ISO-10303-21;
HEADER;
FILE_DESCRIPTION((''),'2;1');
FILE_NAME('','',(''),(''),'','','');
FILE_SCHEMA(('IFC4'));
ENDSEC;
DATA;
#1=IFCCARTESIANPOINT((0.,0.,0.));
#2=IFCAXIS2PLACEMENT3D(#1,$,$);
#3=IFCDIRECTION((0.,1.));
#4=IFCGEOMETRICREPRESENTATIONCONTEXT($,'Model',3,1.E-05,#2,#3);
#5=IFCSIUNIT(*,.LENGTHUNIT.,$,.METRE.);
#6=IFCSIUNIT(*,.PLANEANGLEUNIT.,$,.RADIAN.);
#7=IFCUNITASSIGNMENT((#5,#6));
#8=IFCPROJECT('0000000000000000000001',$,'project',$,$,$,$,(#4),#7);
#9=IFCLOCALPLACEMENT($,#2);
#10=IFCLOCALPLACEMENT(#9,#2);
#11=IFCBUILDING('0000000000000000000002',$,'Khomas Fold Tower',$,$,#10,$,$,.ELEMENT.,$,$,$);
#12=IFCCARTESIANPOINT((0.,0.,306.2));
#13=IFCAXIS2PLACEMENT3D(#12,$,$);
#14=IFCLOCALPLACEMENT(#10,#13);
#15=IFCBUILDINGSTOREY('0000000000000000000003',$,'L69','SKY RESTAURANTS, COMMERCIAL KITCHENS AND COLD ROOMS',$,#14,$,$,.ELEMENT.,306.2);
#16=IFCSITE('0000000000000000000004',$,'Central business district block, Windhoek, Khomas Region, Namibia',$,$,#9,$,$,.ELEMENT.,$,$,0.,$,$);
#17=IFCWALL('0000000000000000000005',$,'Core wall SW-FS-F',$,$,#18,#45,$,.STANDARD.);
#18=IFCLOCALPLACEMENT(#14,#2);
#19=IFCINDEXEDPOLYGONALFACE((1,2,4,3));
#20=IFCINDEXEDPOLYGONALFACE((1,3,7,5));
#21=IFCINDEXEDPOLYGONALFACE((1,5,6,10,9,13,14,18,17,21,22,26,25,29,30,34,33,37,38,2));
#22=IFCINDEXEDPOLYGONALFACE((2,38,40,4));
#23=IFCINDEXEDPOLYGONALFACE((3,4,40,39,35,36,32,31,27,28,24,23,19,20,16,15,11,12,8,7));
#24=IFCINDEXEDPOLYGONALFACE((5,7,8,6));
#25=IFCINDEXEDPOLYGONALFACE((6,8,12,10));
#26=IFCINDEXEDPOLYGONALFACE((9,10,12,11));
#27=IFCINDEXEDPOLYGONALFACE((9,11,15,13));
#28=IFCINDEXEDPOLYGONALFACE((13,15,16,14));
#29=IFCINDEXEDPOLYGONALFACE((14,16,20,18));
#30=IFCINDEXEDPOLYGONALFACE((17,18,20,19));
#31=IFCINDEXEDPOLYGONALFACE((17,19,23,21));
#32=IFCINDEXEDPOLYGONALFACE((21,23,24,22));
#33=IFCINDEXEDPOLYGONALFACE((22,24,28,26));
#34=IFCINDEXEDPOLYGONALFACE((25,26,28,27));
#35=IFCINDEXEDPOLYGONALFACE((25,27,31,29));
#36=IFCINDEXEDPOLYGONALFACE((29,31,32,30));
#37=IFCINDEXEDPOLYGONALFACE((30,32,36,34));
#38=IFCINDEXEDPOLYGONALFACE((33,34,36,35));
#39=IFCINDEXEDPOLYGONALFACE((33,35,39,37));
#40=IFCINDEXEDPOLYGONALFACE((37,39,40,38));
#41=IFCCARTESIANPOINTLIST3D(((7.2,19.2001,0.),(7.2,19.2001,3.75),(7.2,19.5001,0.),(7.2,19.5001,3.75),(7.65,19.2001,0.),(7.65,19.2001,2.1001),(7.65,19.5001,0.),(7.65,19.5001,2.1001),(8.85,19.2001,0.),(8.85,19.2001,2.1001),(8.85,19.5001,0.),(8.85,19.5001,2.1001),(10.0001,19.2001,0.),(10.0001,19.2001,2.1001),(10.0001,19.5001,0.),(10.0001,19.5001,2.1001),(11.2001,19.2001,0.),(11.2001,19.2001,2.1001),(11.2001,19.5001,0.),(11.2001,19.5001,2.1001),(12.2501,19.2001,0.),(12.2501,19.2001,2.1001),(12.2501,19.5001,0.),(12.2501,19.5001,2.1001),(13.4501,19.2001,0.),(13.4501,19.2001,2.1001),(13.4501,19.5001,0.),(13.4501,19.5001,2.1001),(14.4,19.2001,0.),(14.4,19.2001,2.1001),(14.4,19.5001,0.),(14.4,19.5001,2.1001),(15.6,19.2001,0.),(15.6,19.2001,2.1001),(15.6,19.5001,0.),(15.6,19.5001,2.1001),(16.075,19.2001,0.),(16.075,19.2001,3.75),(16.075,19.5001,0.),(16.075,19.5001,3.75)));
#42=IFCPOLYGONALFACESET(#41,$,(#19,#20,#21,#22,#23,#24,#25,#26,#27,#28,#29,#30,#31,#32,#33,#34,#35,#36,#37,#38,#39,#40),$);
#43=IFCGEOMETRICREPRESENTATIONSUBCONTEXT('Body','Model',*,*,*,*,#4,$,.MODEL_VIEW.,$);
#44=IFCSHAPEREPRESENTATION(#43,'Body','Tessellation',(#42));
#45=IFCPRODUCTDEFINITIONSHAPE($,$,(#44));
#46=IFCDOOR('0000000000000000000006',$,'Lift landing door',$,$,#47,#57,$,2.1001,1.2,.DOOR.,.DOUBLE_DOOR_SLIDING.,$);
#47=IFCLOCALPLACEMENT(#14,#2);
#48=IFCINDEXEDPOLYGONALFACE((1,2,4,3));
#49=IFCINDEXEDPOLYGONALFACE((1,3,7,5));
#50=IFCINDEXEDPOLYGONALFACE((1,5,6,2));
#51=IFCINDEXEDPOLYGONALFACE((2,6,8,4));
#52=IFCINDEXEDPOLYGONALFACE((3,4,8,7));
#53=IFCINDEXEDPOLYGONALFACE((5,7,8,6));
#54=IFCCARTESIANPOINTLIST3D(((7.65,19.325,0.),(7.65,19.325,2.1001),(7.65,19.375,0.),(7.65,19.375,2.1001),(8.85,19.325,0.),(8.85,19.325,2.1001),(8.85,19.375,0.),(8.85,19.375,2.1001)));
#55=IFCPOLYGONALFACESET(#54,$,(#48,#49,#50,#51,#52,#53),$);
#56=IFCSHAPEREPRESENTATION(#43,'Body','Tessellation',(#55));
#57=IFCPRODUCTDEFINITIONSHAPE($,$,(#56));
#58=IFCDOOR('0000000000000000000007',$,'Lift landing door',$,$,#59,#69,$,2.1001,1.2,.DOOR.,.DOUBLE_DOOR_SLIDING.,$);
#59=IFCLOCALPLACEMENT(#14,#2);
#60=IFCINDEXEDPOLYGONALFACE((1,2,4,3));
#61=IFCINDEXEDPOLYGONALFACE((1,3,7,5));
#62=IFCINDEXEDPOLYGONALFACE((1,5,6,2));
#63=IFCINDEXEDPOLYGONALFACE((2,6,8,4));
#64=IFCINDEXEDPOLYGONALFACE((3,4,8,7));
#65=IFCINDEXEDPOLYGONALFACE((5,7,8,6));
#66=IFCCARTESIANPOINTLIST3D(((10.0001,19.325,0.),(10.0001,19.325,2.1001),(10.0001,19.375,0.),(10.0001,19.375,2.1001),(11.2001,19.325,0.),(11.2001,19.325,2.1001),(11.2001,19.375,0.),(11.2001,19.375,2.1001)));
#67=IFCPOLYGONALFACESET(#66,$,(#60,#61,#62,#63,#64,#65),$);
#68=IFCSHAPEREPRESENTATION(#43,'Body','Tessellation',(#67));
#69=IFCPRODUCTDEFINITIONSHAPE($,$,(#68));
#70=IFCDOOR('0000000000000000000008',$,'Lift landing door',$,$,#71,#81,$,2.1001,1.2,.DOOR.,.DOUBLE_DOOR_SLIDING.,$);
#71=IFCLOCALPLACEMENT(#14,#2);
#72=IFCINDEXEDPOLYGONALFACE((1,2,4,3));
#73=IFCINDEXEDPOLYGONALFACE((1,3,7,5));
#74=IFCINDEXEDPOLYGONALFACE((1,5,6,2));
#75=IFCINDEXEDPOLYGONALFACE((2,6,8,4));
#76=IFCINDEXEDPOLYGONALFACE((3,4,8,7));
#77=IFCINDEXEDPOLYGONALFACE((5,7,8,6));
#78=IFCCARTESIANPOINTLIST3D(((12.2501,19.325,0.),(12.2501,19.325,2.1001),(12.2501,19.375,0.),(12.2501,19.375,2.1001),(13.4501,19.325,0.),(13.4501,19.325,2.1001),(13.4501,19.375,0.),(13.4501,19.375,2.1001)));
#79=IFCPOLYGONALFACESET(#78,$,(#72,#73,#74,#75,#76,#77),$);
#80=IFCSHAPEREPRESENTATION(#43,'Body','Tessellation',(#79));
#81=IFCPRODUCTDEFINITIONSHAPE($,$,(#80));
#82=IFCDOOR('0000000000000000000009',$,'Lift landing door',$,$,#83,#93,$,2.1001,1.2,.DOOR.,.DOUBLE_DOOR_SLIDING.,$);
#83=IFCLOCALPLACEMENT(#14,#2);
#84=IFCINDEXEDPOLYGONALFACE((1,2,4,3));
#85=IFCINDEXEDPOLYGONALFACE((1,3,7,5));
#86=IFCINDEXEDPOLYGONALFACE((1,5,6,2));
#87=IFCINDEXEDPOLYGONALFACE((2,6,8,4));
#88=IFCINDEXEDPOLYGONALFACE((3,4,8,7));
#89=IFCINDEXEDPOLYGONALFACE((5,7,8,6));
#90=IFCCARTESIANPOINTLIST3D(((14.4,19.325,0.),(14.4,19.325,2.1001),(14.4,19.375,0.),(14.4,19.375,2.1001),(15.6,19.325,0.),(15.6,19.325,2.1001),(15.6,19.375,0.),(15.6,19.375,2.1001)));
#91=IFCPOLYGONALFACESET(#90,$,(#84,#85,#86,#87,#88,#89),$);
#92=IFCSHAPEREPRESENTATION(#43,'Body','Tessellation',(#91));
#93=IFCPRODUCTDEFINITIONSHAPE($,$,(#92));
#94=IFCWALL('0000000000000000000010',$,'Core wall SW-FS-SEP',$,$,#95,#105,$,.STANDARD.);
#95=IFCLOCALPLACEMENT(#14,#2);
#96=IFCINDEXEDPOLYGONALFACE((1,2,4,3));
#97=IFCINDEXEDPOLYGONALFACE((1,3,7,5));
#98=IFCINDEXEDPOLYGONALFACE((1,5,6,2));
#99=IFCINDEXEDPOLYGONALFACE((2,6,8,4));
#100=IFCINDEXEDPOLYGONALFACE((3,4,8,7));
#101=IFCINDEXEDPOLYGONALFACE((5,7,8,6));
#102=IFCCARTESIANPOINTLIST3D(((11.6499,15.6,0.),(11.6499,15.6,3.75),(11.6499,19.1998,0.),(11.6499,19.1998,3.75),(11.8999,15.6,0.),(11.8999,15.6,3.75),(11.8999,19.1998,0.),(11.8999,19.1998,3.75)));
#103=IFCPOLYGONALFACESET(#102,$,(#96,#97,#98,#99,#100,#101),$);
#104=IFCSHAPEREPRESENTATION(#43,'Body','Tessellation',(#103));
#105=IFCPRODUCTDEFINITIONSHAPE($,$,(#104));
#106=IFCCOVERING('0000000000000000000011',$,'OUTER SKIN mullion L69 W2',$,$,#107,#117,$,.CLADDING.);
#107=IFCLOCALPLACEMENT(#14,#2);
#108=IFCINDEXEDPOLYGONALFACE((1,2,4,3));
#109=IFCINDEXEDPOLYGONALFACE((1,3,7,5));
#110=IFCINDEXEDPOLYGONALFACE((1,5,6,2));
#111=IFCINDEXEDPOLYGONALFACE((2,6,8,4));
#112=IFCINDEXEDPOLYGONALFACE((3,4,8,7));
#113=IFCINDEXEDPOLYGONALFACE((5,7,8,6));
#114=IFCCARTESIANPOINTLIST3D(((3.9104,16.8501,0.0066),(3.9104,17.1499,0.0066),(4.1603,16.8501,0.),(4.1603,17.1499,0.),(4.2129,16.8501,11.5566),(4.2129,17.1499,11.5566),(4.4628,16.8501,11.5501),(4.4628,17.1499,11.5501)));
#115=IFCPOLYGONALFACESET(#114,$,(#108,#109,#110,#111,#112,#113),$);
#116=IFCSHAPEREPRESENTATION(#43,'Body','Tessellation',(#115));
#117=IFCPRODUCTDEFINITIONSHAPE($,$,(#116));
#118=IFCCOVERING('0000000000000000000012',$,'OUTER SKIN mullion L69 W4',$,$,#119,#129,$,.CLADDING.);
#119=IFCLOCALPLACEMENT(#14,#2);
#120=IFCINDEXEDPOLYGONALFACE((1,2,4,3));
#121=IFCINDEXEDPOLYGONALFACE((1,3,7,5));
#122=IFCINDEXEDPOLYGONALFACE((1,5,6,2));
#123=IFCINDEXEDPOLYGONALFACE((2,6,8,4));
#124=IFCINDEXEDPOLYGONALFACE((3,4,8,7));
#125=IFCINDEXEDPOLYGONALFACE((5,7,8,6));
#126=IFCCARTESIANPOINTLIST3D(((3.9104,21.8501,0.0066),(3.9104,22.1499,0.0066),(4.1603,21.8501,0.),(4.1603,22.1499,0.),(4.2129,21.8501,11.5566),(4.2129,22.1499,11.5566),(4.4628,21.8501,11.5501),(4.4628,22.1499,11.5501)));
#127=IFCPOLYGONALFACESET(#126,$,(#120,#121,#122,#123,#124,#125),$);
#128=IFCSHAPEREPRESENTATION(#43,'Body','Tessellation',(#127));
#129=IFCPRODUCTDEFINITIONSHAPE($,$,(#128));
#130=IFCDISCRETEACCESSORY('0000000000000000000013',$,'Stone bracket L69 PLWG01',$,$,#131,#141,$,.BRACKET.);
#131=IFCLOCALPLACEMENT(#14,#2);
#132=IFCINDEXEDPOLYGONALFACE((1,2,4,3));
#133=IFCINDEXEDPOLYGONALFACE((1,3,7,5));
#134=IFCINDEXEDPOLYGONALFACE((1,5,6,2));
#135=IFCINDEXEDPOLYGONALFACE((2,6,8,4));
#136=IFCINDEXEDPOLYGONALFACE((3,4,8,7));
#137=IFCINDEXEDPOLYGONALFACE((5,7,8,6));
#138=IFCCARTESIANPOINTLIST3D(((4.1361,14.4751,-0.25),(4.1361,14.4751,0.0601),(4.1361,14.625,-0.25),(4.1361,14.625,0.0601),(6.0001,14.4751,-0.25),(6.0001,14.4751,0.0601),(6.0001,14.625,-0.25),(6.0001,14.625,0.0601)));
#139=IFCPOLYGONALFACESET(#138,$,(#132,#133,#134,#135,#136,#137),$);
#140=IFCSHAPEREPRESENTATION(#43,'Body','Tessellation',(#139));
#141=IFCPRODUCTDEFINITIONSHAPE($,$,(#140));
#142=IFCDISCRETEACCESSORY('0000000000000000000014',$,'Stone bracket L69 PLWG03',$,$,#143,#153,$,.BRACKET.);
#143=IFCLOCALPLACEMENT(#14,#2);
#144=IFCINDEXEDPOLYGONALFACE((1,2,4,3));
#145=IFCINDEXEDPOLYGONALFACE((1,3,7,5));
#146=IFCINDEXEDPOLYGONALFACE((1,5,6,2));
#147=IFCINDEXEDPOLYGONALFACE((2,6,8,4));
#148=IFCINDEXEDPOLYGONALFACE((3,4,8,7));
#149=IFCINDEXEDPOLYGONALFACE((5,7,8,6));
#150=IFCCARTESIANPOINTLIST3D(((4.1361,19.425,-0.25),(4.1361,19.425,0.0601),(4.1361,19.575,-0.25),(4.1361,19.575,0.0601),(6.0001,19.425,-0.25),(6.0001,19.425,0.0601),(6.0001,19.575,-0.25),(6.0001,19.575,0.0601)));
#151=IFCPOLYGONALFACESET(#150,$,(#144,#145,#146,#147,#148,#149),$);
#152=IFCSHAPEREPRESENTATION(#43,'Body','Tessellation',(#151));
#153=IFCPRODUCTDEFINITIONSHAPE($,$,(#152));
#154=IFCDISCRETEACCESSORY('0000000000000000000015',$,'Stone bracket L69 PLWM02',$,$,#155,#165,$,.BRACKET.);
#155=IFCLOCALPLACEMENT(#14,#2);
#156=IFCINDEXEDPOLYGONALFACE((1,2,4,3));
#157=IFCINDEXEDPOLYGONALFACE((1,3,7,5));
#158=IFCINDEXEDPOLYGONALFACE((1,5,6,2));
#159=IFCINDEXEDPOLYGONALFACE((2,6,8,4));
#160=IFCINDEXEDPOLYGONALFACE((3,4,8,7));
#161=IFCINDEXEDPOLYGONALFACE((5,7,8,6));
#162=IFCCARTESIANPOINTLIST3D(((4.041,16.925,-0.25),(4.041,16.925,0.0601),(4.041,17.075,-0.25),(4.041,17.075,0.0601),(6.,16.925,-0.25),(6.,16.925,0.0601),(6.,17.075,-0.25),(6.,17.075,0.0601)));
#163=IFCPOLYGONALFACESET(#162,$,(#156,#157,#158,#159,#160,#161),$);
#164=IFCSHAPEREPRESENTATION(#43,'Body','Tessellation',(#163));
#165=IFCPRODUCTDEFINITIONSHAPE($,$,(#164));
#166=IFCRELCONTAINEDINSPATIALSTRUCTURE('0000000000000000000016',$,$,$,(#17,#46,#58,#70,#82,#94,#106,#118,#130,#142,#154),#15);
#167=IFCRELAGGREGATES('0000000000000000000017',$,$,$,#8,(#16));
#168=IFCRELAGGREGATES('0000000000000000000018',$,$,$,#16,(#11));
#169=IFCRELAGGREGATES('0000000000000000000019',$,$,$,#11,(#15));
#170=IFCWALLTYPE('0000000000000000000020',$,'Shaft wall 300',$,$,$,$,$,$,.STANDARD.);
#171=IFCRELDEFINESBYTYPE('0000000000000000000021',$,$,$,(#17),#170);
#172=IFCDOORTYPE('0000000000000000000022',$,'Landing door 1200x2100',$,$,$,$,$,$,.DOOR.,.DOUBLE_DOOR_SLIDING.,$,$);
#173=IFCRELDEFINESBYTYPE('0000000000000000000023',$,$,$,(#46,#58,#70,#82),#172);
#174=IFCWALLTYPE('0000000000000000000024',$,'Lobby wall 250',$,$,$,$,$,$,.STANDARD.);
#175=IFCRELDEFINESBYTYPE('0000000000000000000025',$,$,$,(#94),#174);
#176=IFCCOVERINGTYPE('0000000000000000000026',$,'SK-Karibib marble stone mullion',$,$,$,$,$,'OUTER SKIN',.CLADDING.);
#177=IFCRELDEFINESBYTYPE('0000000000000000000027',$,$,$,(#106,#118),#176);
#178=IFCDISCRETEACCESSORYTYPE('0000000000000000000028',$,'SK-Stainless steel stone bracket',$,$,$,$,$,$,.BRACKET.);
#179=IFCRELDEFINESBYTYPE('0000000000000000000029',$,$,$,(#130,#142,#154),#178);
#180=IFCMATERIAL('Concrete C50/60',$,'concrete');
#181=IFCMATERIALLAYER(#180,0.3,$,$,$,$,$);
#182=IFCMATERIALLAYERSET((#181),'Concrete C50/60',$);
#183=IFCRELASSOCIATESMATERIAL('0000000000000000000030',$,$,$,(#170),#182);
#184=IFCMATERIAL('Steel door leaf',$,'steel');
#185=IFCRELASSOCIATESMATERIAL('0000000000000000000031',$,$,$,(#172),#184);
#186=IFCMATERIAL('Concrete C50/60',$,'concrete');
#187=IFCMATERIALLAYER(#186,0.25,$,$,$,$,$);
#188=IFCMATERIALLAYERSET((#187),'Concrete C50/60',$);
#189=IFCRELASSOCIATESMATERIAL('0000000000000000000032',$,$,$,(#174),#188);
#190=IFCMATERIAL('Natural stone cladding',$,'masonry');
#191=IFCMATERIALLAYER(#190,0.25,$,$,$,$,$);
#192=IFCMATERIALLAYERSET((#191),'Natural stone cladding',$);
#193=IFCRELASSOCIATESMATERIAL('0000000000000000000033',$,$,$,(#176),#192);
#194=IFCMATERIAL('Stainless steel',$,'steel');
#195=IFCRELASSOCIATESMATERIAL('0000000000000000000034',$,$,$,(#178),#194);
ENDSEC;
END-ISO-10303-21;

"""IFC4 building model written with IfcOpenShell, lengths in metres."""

from ifc_helpers import new_model, si_unit, direction, frame, frame_2d, origin, origin_2d, place, context, subcontext, project, spatial, polyline, rectangle, outline, extrude, source, transform, mapped, material, layer, layer_set, type_object, element, fill, save


model = new_model("IFC4")

# Units and contexts
model_context = context("Model", 3, precision=1e-05, world=origin(), true_north=direction((0.0, 1.0)))
body_context = subcontext(model_context, "Body", "Model", "MODEL_VIEW")
ifc_project = project(units=[si_unit("LENGTHUNIT", "METRE"), si_unit("PLANEANGLEUNIT", "RADIAN")], contexts=[model_context])

# Site, building, storey
site_placement = place(None, origin())
site = spatial("IfcSite", under=ifc_project, at=site_placement, Name="Central business district block, Windhoek, Khomas Region, Namibia", CompositionType="ELEMENT", RefElevation=0.0)
building_placement = place(site_placement, origin())
building = spatial("IfcBuilding", under=site, at=building_placement, Name="Khomas Fold Tower", CompositionType="ELEMENT")
storey_placement = place(building_placement, frame((0.0, 0.0, 306.2)))
storey = spatial("IfcBuildingStorey", under=building, at=storey_placement, Name="L69", Description="SKY RESTAURANTS, COMMERCIAL KITCHENS AND COLD ROOMS", CompositionType="ELEMENT", Elevation=306.2)

# Wall, openings, doors
ifc_material_1 = material(Name="Concrete C50/60", Category="concrete")
ifc_layer_1 = layer(ifc_material_1, 0.3)
ifc_layer_set_1 = layer_set([ifc_layer_1], Name="Concrete C50/60")
wall_type_1 = type_object("IfcWallType", Name="Shaft wall 300", PredefinedType="STANDARD", material=ifc_layer_set_1)
shared_shape_1 = source(origin(), body_context, "Body", "SweptSolid", [
    extrude(rectangle(XDim=8.875, YDim=0.3, at=frame_2d((4.4375, 0.0))), origin(), (0.0, 0.0, 1.0), 3.75),
])
wall_1_placement = place(storey_placement, frame((7.2, 19.3501, 0.0), z_axis=(0.0, 0.0, 1.0), x_axis=(1.0, 0.0, 0.0)))
wall_1 = element("IfcWall", 1, at=wall_1_placement, inside=storey, type_object=wall_type_1, Name="Core wall SW-FS-F", PredefinedType="STANDARD", context=body_context, shape_type="MappedRepresentation", body=[
    mapped(shared_shape_1, transform((0.0, 0.0, 0.0))),
])
shared_shape_2 = source(origin(), body_context, "Body", "SweptSolid", [
    extrude(rectangle(XDim=1.2, YDim=2.1001, at=frame_2d((0.6001, 1.05))), frame((0.0, 0.1599, 0.0), z_axis=(0.0, -1.0, 0.0), x_axis=(1.0, 0.0, 0.0)), (0.0, 0.0, 1.0), 0.3201),
])
opening_1_placement = place(wall_1_placement, frame((0.45, 0.0, 0.0)))
opening_1 = element("IfcOpeningElement", 2, at=opening_1_placement, cuts=wall_1, PredefinedType="OPENING", context=body_context, shape_type="MappedRepresentation", body=[
    mapped(shared_shape_2, transform((0.0, 0.0, 0.0))),
])
opening_2_placement = place(wall_1_placement, frame((2.8, 0.0, 0.0)))
opening_2 = element("IfcOpeningElement", 3, at=opening_2_placement, cuts=wall_1, PredefinedType="OPENING", context=body_context, shape_type="MappedRepresentation", body=[
    mapped(shared_shape_2, transform((0.0, 0.0, 0.0))),
])
opening_3_placement = place(wall_1_placement, frame((5.05, 0.0, 0.0)))
opening_3 = element("IfcOpeningElement", 4, at=opening_3_placement, cuts=wall_1, PredefinedType="OPENING", context=body_context, shape_type="MappedRepresentation", body=[
    mapped(shared_shape_2, transform((0.0, 0.0, 0.0))),
])
opening_4_placement = place(wall_1_placement, frame((7.2, 0.0, 0.0)))
opening_4 = element("IfcOpeningElement", 5, at=opening_4_placement, cuts=wall_1, PredefinedType="OPENING", context=body_context, shape_type="MappedRepresentation", body=[
    mapped(shared_shape_2, transform((0.0, 0.0, 0.0))),
])
ifc_material_2 = material(Name="Steel door leaf", Category="steel")
door_type_1 = type_object("IfcDoorType", Name="Landing door 1200x2100", OperationType="DOUBLE_DOOR_SLIDING", PredefinedType="DOOR", material=ifc_material_2)
shared_shape_3 = source(origin(), body_context, "Body", "SweptSolid", [
    extrude(rectangle(XDim=1.2, YDim=2.1001, at=frame_2d((0.6001, 1.05))), frame((0.0, 0.0249, 0.0), z_axis=(0.0, -1.0, 0.0), x_axis=(1.0, 0.0, 0.0)), (0.0, 0.0, 1.0), 0.05),
])
door_1_placement = place(opening_1_placement, origin())
door_1 = element("IfcDoor", 6, at=door_1_placement, inside=storey, type_object=door_type_1, Name="Lift landing door", OperationType="DOUBLE_DOOR_SLIDING", OverallHeight=2.1001, OverallWidth=1.2, PredefinedType="DOOR", context=body_context, shape_type="MappedRepresentation", body=[
    mapped(shared_shape_3, transform((0.0, 0.0, 0.0))),
])
fill(opening_1, door_1)
door_2_placement = place(opening_2_placement, origin())
door_2 = element("IfcDoor", 7, at=door_2_placement, inside=storey, type_object=door_type_1, Name="Lift landing door", OperationType="DOUBLE_DOOR_SLIDING", OverallHeight=2.1001, OverallWidth=1.2, PredefinedType="DOOR", context=body_context, shape_type="MappedRepresentation", body=[
    mapped(shared_shape_3, transform((0.0, 0.0, 0.0))),
])
fill(opening_2, door_2)
door_3_placement = place(opening_3_placement, origin())
door_3 = element("IfcDoor", 8, at=door_3_placement, inside=storey, type_object=door_type_1, Name="Lift landing door", OperationType="DOUBLE_DOOR_SLIDING", OverallHeight=2.1001, OverallWidth=1.2, PredefinedType="DOOR", context=body_context, shape_type="MappedRepresentation", body=[
    mapped(shared_shape_3, transform((0.0, 0.0, 0.0))),
])
fill(opening_3, door_3)
door_4_placement = place(opening_4_placement, origin())
door_4 = element("IfcDoor", 9, at=door_4_placement, inside=storey, type_object=door_type_1, Name="Lift landing door", OperationType="DOUBLE_DOOR_SLIDING", OverallHeight=2.1001, OverallWidth=1.2, PredefinedType="DOOR", context=body_context, shape_type="MappedRepresentation", body=[
    mapped(shared_shape_3, transform((0.0, 0.0, 0.0))),
])
fill(opening_4, door_4)

# Wall
ifc_material_3 = material(Name="Concrete C50/60", Category="concrete")
ifc_layer_2 = layer(ifc_material_3, 0.25)
ifc_layer_set_2 = layer_set([ifc_layer_2], Name="Concrete C50/60")
wall_type_2 = type_object("IfcWallType", Name="Lobby wall 250", PredefinedType="STANDARD", material=ifc_layer_set_2)
shared_shape_4 = source(origin(), body_context, "Body", "SweptSolid", [
    extrude(rectangle(XDim=3.5999, YDim=0.25, at=frame_2d((1.7998, 0.0))), origin(), (0.0, 0.0, 1.0), 3.75),
])
wall_2_placement = place(storey_placement, frame((11.7749, 15.6001, 0.0), z_axis=(0.0, 0.0, 1.0), x_axis=(0.0, 1.0, 0.0)))
element("IfcWall", 10, at=wall_2_placement, inside=storey, type_object=wall_type_2, Name="Core wall SW-FS-SEP", PredefinedType="STANDARD", context=body_context, shape_type="MappedRepresentation", body=[
    mapped(shared_shape_4, transform((0.0, 0.0, 0.0))),
])

# Coverings
ifc_material_4 = material(Name="Natural stone cladding", Category="masonry")
ifc_layer_3 = layer(ifc_material_4, 0.25)
ifc_layer_set_3 = layer_set([ifc_layer_3], Name="Natural stone cladding")
covering_type = type_object("IfcCoveringType", Name="SK-Karibib marble stone mullion", ElementType="OUTER SKIN", PredefinedType="CLADDING", material=ifc_layer_set_3)
for number, where, z_axis, x_axis, name in (
    (11, (3.9104, 16.8501, 0.0066), (-0.999657, 0.0, 0.026181), (0.0, 1.0, 0.0), "OUTER SKIN mullion L69 W2"),
    (12, (3.9104, 21.8501, 0.0066), (-0.999657, 0.0, 0.026181), (0.0, 1.0, 0.0), "OUTER SKIN mullion L69 W4"),
):
    element("IfcCovering", number, at=place(storey_placement, frame(where, z_axis=z_axis, x_axis=x_axis)), inside=storey, type_object=covering_type, Name=name, PredefinedType="CLADDING", context=body_context, shape_type="SweptSolid", body=[
        extrude(outline(polyline([(0.0, 0.0), (0.2998, 0.0), (0.2998, -11.554), (0.0, -11.554), (0.0, 0.0)])), origin(), (0.0, 0.0, -1.0), 0.25),
    ])

# Discrete accessories
ifc_material_5 = material(Name="Stainless steel", Category="steel")
discrete_accessory_type = type_object("IfcDiscreteAccessoryType", Name="SK-Stainless steel stone bracket", PredefinedType="BRACKET", material=ifc_material_5)
shared_shape_5 = source(origin(), body_context, "Body", "SweptSolid", [
    extrude(rectangle(XDim=1.864, YDim=0.1499, at=origin_2d()), origin(), (0.0, 0.0, 1.0), 0.3101),
])
for number, where, z_axis, x_axis, name in (
    (13, (5.0681, 14.55, -0.25), (0.0, 0.0, 1.0), (-1.0, 0.0, 0.0), "Stone bracket L69 PLWG01"),
    (14, (5.0681, 19.5, -0.25), (0.0, 0.0, 1.0), (-1.0, 0.0, 0.0), "Stone bracket L69 PLWG03"),
):
    element("IfcDiscreteAccessory", number, at=place(storey_placement, frame(where, z_axis=z_axis, x_axis=x_axis)), inside=storey, type_object=discrete_accessory_type, Name=name, PredefinedType="BRACKET", context=body_context, shape_type="MappedRepresentation", body=[
        mapped(shared_shape_5, transform((0.0, 0.0, 0.0))),
    ])
shared_shape_6 = source(origin(), body_context, "Body", "SweptSolid", [
    extrude(rectangle(XDim=1.959, YDim=0.1499, at=origin_2d()), origin(), (0.0, 0.0, 1.0), 0.3101),
])
discrete_accessory_1_placement = place(storey_placement, frame((5.0205, 17.0, -0.25), z_axis=(0.0, 0.0, 1.0), x_axis=(-1.0, 0.0, 0.0)))
element("IfcDiscreteAccessory", 15, at=discrete_accessory_1_placement, inside=storey, type_object=discrete_accessory_type, Name="Stone bracket L69 PLWM02", PredefinedType="BRACKET", context=body_context, shape_type="MappedRepresentation", body=[
    mapped(shared_shape_6, transform((0.0, 0.0, 0.0))),
])

save(model, "model.ifc")
